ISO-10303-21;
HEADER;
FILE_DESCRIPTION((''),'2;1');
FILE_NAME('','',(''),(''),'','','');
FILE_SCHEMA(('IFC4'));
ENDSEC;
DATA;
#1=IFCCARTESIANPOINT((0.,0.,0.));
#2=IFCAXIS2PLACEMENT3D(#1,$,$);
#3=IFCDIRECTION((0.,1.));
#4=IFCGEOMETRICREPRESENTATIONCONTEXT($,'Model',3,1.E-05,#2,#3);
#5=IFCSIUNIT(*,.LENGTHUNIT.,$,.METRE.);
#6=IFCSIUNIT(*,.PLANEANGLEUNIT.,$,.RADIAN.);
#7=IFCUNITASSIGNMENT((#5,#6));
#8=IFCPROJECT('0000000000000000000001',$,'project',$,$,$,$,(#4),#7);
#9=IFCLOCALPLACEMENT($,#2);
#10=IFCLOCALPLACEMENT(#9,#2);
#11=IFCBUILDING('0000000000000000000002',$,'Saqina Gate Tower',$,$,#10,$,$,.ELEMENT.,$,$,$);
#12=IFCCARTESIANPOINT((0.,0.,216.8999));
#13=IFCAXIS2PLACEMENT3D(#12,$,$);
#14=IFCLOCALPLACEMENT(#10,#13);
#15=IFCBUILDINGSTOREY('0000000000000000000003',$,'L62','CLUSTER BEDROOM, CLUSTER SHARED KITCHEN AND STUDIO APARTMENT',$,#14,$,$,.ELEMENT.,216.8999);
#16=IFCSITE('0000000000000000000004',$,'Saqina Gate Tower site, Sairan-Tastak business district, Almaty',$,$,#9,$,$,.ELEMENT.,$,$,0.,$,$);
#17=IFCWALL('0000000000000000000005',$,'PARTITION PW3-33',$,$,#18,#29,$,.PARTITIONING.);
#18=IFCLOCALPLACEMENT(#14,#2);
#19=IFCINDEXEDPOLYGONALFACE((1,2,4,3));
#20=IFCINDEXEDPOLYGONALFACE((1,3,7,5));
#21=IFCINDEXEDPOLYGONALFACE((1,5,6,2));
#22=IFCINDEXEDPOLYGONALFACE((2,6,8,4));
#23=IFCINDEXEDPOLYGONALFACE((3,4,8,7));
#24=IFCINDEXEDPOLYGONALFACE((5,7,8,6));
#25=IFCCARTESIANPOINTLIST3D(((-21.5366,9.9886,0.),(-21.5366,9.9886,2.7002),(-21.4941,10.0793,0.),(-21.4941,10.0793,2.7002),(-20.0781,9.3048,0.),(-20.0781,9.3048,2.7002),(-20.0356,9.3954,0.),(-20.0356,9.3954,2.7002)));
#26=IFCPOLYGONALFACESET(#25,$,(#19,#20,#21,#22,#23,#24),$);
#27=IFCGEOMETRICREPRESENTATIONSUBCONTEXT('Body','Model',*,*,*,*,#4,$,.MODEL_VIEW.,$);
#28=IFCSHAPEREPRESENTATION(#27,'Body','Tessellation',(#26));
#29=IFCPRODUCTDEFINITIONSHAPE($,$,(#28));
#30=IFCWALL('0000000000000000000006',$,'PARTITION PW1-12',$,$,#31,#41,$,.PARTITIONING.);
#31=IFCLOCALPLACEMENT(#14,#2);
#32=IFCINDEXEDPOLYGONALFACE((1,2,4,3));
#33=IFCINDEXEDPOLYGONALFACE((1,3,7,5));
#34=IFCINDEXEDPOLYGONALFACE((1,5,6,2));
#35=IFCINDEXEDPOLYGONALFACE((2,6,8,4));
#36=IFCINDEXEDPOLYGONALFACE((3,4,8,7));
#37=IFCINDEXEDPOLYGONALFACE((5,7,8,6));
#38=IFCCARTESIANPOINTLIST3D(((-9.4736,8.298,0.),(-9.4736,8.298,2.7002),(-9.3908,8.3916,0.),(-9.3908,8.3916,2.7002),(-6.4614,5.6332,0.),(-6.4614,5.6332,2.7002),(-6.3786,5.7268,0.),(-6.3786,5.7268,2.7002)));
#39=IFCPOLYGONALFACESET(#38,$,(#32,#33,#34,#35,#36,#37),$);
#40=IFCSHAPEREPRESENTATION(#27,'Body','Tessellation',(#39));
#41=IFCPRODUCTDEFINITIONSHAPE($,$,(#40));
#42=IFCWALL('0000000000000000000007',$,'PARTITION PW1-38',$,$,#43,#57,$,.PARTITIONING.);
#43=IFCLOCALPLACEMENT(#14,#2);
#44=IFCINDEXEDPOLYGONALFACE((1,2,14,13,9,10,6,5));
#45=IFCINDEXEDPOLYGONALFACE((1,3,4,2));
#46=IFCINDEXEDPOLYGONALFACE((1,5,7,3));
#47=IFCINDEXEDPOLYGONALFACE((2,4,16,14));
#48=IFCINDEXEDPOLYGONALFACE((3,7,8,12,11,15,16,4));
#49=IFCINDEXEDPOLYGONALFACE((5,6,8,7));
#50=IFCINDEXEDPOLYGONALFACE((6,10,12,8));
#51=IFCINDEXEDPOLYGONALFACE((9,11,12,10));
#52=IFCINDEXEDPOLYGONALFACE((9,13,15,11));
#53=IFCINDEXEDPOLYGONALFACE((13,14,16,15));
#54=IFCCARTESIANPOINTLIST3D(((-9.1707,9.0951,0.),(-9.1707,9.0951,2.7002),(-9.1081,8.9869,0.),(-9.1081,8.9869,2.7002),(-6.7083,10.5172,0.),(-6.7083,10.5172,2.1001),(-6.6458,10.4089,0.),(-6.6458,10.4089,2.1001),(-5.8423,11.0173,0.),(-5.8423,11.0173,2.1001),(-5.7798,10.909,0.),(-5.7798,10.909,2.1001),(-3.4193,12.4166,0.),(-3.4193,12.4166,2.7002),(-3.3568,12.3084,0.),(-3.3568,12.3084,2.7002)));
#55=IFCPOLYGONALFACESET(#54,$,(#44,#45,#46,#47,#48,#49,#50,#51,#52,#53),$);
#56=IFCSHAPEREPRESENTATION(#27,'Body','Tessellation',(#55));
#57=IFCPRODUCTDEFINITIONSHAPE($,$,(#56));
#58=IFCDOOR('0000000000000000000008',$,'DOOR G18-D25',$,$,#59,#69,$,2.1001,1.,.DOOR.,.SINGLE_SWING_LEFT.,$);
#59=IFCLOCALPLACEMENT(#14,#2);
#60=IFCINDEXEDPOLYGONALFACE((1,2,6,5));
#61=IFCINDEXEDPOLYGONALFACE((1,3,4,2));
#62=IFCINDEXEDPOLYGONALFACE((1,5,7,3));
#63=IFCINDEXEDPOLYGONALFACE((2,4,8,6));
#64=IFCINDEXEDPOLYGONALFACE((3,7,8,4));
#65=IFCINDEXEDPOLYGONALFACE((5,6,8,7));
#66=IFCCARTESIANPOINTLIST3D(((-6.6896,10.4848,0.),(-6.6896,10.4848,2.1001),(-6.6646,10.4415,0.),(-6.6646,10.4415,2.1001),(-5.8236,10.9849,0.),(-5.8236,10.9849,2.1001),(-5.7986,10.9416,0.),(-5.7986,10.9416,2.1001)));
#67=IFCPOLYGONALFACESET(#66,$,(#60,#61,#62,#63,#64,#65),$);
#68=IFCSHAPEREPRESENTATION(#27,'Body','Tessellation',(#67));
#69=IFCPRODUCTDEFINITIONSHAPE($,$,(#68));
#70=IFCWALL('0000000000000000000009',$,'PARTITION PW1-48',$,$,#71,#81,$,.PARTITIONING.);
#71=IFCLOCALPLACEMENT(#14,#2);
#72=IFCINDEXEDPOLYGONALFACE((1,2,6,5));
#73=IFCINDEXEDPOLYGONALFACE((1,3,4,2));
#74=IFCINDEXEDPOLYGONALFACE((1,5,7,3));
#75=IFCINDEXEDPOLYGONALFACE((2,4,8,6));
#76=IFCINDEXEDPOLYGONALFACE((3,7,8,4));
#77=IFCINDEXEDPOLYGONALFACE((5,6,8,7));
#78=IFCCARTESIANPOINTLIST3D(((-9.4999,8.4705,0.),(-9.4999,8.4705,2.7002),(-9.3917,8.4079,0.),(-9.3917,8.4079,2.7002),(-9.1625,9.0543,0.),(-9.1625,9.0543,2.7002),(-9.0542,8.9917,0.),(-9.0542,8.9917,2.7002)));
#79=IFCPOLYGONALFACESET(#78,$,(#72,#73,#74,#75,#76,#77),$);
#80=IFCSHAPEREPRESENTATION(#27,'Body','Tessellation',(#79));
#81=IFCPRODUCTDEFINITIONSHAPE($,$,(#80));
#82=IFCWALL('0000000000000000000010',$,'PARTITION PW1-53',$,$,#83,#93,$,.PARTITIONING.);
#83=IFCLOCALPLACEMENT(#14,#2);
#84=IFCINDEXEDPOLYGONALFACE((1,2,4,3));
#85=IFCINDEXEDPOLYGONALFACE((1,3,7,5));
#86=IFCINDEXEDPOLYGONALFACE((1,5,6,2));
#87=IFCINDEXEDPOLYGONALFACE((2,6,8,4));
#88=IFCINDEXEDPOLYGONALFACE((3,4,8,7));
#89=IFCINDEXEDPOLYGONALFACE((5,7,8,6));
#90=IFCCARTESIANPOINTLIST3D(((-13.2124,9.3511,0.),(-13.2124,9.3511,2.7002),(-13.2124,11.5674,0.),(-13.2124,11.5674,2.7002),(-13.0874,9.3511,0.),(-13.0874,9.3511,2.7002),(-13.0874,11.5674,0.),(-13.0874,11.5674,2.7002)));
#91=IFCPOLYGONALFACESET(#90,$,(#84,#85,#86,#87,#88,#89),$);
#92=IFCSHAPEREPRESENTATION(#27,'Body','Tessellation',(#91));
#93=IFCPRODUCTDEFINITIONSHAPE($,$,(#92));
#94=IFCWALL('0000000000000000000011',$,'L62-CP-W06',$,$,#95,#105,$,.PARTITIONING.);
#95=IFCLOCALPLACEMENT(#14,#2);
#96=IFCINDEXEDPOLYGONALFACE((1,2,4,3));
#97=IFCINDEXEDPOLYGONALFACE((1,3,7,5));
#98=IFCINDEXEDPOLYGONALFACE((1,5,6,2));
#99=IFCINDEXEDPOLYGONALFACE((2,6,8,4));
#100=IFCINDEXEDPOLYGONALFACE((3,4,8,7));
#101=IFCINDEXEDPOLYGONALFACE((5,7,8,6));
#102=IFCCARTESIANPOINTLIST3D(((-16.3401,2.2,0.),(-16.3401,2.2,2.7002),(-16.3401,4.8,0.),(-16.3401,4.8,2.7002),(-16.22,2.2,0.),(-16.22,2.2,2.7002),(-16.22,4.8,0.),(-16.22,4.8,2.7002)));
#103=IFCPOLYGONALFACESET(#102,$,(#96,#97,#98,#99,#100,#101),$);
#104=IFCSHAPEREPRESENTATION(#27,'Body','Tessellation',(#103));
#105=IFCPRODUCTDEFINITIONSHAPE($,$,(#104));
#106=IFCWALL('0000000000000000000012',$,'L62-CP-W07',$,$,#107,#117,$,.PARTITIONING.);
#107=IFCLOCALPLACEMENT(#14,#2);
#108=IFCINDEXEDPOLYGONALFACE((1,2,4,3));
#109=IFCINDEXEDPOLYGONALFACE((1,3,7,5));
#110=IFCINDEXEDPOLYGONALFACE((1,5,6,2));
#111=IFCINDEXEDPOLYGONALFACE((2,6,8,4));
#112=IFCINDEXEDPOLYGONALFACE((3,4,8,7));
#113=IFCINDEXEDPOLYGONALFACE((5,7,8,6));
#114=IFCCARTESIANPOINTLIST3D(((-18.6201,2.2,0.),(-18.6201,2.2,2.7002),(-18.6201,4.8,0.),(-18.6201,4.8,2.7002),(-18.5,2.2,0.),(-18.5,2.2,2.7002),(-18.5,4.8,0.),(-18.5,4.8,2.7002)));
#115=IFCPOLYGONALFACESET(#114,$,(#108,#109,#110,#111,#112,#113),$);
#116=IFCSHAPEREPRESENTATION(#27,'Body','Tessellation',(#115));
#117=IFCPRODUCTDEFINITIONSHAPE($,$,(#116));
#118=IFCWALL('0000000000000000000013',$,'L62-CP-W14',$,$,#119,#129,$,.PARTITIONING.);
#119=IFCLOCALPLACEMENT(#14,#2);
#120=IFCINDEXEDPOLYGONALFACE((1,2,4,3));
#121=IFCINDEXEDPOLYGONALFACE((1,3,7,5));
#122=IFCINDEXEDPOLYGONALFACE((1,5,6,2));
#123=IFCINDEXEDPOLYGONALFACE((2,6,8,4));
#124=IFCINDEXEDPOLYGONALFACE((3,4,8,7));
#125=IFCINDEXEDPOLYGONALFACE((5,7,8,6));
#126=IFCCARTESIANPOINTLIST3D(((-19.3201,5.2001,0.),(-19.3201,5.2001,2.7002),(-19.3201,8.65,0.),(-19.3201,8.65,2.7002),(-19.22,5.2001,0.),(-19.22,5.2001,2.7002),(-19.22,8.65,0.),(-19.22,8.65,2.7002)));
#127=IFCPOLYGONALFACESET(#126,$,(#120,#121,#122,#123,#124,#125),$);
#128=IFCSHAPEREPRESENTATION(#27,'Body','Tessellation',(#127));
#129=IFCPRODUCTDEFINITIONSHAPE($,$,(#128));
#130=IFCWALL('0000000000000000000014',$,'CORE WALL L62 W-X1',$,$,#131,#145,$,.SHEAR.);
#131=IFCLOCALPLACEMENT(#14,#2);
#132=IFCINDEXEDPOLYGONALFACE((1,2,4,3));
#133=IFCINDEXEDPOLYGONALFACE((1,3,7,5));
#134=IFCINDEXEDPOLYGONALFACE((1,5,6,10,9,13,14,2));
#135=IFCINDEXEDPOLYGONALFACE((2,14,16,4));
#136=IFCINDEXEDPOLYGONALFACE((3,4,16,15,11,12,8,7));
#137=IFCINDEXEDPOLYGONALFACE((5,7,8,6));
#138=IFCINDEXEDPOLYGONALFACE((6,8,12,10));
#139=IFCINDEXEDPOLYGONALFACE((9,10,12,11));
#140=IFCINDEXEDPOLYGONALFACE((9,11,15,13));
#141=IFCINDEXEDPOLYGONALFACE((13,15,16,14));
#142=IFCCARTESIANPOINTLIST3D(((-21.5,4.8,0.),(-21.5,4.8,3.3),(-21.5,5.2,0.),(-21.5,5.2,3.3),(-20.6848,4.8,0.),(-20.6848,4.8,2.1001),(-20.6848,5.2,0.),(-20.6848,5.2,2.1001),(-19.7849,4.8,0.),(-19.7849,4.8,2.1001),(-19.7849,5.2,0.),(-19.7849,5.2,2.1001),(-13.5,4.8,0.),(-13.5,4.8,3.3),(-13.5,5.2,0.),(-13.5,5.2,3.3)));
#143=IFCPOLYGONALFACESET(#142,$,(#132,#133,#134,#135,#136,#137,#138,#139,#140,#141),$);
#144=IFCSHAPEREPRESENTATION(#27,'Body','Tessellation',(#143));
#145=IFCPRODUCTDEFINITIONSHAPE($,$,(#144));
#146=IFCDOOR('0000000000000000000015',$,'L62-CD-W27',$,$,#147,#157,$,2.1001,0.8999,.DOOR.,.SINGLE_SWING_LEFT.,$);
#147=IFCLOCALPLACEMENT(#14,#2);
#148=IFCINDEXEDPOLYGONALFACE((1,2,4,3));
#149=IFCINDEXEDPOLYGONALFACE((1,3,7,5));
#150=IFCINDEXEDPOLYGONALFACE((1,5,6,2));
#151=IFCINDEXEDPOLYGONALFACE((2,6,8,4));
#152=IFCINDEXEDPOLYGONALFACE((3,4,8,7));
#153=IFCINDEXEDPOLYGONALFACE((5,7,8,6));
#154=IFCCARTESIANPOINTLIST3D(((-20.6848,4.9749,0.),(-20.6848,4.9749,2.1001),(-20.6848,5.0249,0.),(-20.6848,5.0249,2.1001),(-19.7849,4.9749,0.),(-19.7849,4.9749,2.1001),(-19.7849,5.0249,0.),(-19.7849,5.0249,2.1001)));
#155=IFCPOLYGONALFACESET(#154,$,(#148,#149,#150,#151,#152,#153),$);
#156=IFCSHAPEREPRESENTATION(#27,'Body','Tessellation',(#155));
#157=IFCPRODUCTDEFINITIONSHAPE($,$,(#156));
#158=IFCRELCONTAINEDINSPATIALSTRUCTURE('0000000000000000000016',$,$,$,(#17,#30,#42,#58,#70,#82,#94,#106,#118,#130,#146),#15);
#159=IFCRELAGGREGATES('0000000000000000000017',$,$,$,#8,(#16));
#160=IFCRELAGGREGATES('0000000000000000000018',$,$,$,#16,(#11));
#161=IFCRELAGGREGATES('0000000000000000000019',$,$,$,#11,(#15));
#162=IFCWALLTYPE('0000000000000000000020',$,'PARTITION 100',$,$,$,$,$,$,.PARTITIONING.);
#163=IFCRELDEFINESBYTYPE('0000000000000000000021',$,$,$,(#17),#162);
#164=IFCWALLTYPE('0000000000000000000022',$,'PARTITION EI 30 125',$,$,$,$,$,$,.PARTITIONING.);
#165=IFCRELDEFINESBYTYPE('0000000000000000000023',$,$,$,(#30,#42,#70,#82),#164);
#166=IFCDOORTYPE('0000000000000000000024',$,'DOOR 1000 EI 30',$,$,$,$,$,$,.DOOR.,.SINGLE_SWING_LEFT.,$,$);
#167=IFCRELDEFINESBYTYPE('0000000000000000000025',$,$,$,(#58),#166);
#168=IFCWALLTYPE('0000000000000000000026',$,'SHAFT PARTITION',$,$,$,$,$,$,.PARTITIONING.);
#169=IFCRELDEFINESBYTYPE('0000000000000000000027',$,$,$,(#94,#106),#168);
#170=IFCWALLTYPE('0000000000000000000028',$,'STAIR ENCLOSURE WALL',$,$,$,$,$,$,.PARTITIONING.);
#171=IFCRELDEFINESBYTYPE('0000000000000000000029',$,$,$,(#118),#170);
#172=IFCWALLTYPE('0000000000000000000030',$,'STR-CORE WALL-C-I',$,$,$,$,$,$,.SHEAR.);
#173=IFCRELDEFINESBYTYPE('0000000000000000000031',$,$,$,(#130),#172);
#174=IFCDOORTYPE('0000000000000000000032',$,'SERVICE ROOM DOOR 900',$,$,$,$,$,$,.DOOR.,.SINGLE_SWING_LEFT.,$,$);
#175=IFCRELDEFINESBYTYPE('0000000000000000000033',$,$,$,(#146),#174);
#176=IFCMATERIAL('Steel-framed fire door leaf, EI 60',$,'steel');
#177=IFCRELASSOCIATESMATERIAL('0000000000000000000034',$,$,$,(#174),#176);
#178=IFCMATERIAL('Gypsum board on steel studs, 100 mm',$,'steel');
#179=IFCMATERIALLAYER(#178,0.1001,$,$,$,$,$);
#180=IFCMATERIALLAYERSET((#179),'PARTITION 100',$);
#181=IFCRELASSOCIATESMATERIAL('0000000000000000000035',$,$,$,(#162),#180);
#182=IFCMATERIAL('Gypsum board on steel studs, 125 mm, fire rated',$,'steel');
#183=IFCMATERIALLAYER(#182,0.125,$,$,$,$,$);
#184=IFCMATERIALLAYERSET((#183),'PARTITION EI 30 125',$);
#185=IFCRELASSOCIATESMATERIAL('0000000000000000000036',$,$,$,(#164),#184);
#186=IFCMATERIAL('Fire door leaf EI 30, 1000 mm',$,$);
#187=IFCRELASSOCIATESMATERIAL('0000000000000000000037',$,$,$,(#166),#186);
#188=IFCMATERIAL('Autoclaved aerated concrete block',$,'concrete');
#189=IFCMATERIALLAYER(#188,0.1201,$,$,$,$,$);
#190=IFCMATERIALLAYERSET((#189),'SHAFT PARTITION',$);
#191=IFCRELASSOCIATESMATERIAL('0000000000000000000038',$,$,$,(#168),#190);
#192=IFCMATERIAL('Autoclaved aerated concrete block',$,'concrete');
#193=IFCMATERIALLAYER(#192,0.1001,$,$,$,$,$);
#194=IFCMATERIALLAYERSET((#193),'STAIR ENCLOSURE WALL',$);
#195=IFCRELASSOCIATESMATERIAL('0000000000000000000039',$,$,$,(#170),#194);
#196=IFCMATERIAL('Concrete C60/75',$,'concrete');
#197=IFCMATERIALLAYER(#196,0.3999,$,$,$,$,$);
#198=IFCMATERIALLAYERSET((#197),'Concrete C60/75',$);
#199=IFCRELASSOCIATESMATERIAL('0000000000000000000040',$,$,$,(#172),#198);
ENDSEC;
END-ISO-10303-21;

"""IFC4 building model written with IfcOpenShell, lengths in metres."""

from ifc_helpers import new_model, si_unit, direction, frame, frame_2d, origin, place, context, subcontext, project, spatial, rectangle, extrude, material, layer, layer_set, type_object, element, fill, save


model = new_model("IFC4")

# Units and contexts
model_context = context("Model", 3, precision=1e-05, world=origin(), true_north=direction((0.0, 1.0)))
body_context = subcontext(model_context, "Body", "Model", "MODEL_VIEW")
ifc_project = project(units=[si_unit("LENGTHUNIT", "METRE"), si_unit("PLANEANGLEUNIT", "RADIAN")], contexts=[model_context])

# Site, building, storey
site_placement = place(None, origin())
site = spatial("IfcSite", under=ifc_project, at=site_placement, Name="Saqina Gate Tower site, Sairan-Tastak business district, Almaty", CompositionType="ELEMENT", RefElevation=0.0)
building_placement = place(site_placement, origin())
building = spatial("IfcBuilding", under=site, at=building_placement, Name="Saqina Gate Tower", CompositionType="ELEMENT")
storey_placement = place(building_placement, frame((0.0, 0.0, 216.8999)))
storey = spatial("IfcBuildingStorey", under=building, at=storey_placement, Name="L62", Description="CLUSTER BEDROOM, CLUSTER SHARED KITCHEN AND STUDIO APARTMENT", CompositionType="ELEMENT", Elevation=216.8999)

# Shared definitions
ifc_material_1 = material(Name="Steel-framed fire door leaf, EI 60", Category="steel")
door_type_1 = type_object("IfcDoorType", Name="SERVICE ROOM DOOR 900", OperationType="SINGLE_SWING_LEFT", PredefinedType="DOOR", material=ifc_material_1)

# Walls
ifc_material_2 = material(Name="Gypsum board on steel studs, 100 mm", Category="steel")
ifc_layer_1 = layer(ifc_material_2, 0.1001)
ifc_layer_set_1 = layer_set([ifc_layer_1], Name="PARTITION 100")
wall_type_1 = type_object("IfcWallType", Name="PARTITION 100", PredefinedType="PARTITIONING", material=ifc_layer_set_1)
wall_1_placement = place(storey_placement, frame((-21.5154, 10.0339, 0.0), z_axis=(0.0, 0.0, 1.0), x_axis=(0.905419, -0.424519, 0.0)))
element("IfcWall", 1, at=wall_1_placement, inside=storey, type_object=wall_type_1, Name="PARTITION PW3-33", PredefinedType="PARTITIONING", context=body_context, shape_type="SweptSolid", body=[
    extrude(rectangle(XDim=1.6108, YDim=0.1001, at=frame_2d((0.8054, 0.0))), origin(), (0.0, 0.0, 1.0), 2.7002),
])
ifc_material_3 = material(Name="Gypsum board on steel studs, 125 mm, fire rated", Category="steel")
ifc_layer_2 = layer(ifc_material_3, 0.125)
ifc_layer_set_2 = layer_set([ifc_layer_2], Name="PARTITION EI 30 125")
wall_type_2 = type_object("IfcWallType", Name="PARTITION EI 30 125", PredefinedType="PARTITIONING", material=ifc_layer_set_2)
wall_2_placement = place(storey_placement, frame((-9.4321, 8.3447, 0.0), z_axis=(0.0, 0.0, 1.0), x_axis=(0.748978, -0.662595, 0.0)))
element("IfcWall", 2, at=wall_2_placement, inside=storey, type_object=wall_type_2, Name="PARTITION PW1-12", PredefinedType="PARTITIONING", context=body_context, shape_type="SweptSolid", body=[
    extrude(rectangle(XDim=4.0217, YDim=0.125, at=frame_2d((2.0107, 0.0))), origin(), (0.0, 0.0, 1.0), 2.7002),
])

# Wall, opening, door
wall_3_placement = place(storey_placement, frame((-9.1394, 9.041, 0.0), z_axis=(0.0, 0.0, 1.0), x_axis=(0.865965, 0.500104, 0.0)))
wall_3 = element("IfcWall", 3, at=wall_3_placement, inside=storey, type_object=wall_type_2, Name="PARTITION PW1-38", PredefinedType="PARTITIONING", context=body_context, shape_type="SweptSolid", body=[
    extrude(rectangle(XDim=6.6416, YDim=0.125, at=frame_2d((3.3208, 0.0))), origin(), (0.0, 0.0, 1.0), 2.7002),
])
opening_1_placement = place(wall_3_placement, frame((2.8435, 0.0, 0.0)))
opening_1 = element("IfcOpeningElement", 4, at=opening_1_placement, cuts=wall_3, PredefinedType="OPENING", context=body_context, shape_type="SweptSolid", body=[
    extrude(rectangle(XDim=1.0, YDim=2.1001, at=frame_2d((0.5, 1.05))), frame((0.0, 0.0745, 0.0), z_axis=(0.0, -1.0, 0.0), x_axis=(1.0, 0.0, 0.0)), (0.0, 0.0, 1.0), 0.1489),
])
ifc_material_4 = material(Name="Fire door leaf EI 30, 1000 mm")
door_type_2 = type_object("IfcDoorType", Name="DOOR 1000 EI 30", OperationType="SINGLE_SWING_LEFT", PredefinedType="DOOR", material=ifc_material_4)
door_1_placement = place(opening_1_placement, frame((1.0, 0.0, 0.0), z_axis=(0.0, 0.0, 1.0), x_axis=(-1.0, 0.0, 0.0)))
door_1 = element("IfcDoor", 5, at=door_1_placement, inside=storey, type_object=door_type_2, Name="DOOR G18-D25", OperationType="SINGLE_SWING_LEFT", OverallHeight=2.1001, OverallWidth=1.0, PredefinedType="DOOR", context=body_context, shape_type="SweptSolid", body=[
    extrude(rectangle(XDim=1.0, YDim=2.1001, at=frame_2d((0.5, 1.05))), frame((0.0, 0.0249, 0.0), z_axis=(0.0, -1.0, 0.0), x_axis=(1.0, 0.0, 0.0)), (0.0, 0.0, 1.0), 0.05),
])
fill(opening_1, door_1)

# Walls
wall_4_placement = place(storey_placement, frame((-9.4458, 8.4392, 0.0), z_axis=(0.0, 0.0, 1.0), x_axis=(0.500422, 0.865781, 0.0)))
element("IfcWall", 6, at=wall_4_placement, inside=storey, type_object=wall_type_2, Name="PARTITION PW1-48", PredefinedType="PARTITIONING", context=body_context, shape_type="SweptSolid", body=[
    extrude(rectangle(XDim=0.6743, YDim=0.125, at=frame_2d((0.3372, 0.0))), origin(), (0.0, 0.0, 1.0), 2.7002),
])
wall_5_placement = place(storey_placement, frame((-13.1499, 9.3511, 0.0), z_axis=(0.0, 0.0, 1.0), x_axis=(0.0, 1.0, 0.0)))
element("IfcWall", 7, at=wall_5_placement, inside=storey, type_object=wall_type_2, Name="PARTITION PW1-53", PredefinedType="PARTITIONING", context=body_context, shape_type="SweptSolid", body=[
    extrude(rectangle(XDim=2.2163, YDim=0.125, at=frame_2d((1.1082, 0.0))), origin(), (0.0, 0.0, 1.0), 2.7002),
])
ifc_material_5 = material(Name="Autoclaved aerated concrete block", Category="concrete")
ifc_layer_3 = layer(ifc_material_5, 0.1201)
ifc_layer_set_3 = layer_set([ifc_layer_3], Name="SHAFT PARTITION")
wall_type_3 = type_object("IfcWallType", Name="SHAFT PARTITION", PredefinedType="PARTITIONING", material=ifc_layer_set_3)
for number, where, z_axis, x_axis, name in (
    (8, (-16.28, 2.2, 0.0), (0.0, 0.0, 1.0), (0.0, 1.0, 0.0), "L62-CP-W06"),
    (9, (-18.5601, 2.2, 0.0), (0.0, 0.0, 1.0), (0.0, 1.0, 0.0), "L62-CP-W07"),
):
    element("IfcWall", number, at=place(storey_placement, frame(where, z_axis=z_axis, x_axis=x_axis)), inside=storey, type_object=wall_type_3, Name=name, PredefinedType="PARTITIONING", context=body_context, shape_type="SweptSolid", body=[
        extrude(rectangle(XDim=2.6001, YDim=0.1201, at=frame_2d((1.3, 0.0))), origin(), (0.0, 0.0, 1.0), 2.7002),
    ])
ifc_material_6 = material(Name="Autoclaved aerated concrete block", Category="concrete")
ifc_layer_4 = layer(ifc_material_6, 0.1001)
ifc_layer_set_4 = layer_set([ifc_layer_4], Name="STAIR ENCLOSURE WALL")
wall_type_4 = type_object("IfcWallType", Name="STAIR ENCLOSURE WALL", PredefinedType="PARTITIONING", material=ifc_layer_set_4)
wall_6_placement = place(storey_placement, frame((-19.27, 5.2, 0.0), z_axis=(0.0, 0.0, 1.0), x_axis=(0.0, 1.0, 0.0)))
element("IfcWall", 10, at=wall_6_placement, inside=storey, type_object=wall_type_4, Name="L62-CP-W14", PredefinedType="PARTITIONING", context=body_context, shape_type="SweptSolid", body=[
    extrude(rectangle(XDim=3.45, YDim=0.1001, at=frame_2d((1.7251, 0.0))), origin(), (0.0, 0.0, 1.0), 2.7002),
])

# Wall, opening, door
ifc_material_7 = material(Name="Concrete C60/75", Category="concrete")
ifc_layer_5 = layer(ifc_material_7, 0.3999)
ifc_layer_set_5 = layer_set([ifc_layer_5], Name="Concrete C60/75")
wall_type_5 = type_object("IfcWallType", Name="STR-CORE WALL-C-I", PredefinedType="SHEAR", material=ifc_layer_set_5)
wall_7_placement = place(storey_placement, frame((-13.5, 5.0, 0.0), z_axis=(0.0, 0.0, 1.0), x_axis=(-1.0, 0.0, 0.0)))
wall_7 = element("IfcWall", 11, at=wall_7_placement, inside=storey, type_object=wall_type_5, Name="CORE WALL L62 W-X1", PredefinedType="SHEAR", context=body_context, shape_type="SweptSolid", body=[
    extrude(rectangle(XDim=8.0, YDim=0.3999, at=frame_2d((4.0, 0.0))), origin(), (0.0, 0.0, 1.0), 3.3),
])
opening_2_placement = place(wall_7_placement, frame((6.2849, 0.0, 0.0)))
opening_2 = element("IfcOpeningElement", 12, at=opening_2_placement, cuts=wall_7, PredefinedType="OPENING", context=body_context, shape_type="SweptSolid", body=[
    extrude(rectangle(XDim=0.8999, YDim=2.1001, at=frame_2d((0.45, 1.05))), frame((0.0, 0.2119, 0.0), z_axis=(0.0, -1.0, 0.0), x_axis=(1.0, 0.0, 0.0)), (0.0, 0.0, 1.0), 0.4238),
])
door_2_placement = place(opening_2_placement, frame((0.8999, 0.0, 0.0), z_axis=(0.0, 0.0, 1.0), x_axis=(-1.0, 0.0, 0.0)))
door_2 = element("IfcDoor", 13, at=door_2_placement, inside=storey, type_object=door_type_1, Name="L62-CD-W27", OperationType="SINGLE_SWING_LEFT", OverallHeight=2.1001, OverallWidth=0.8999, PredefinedType="DOOR", context=body_context, shape_type="SweptSolid", body=[
    extrude(rectangle(XDim=0.8999, YDim=2.1001, at=frame_2d((0.45, 1.05))), frame((0.0, 0.0249, 0.0), z_axis=(0.0, -1.0, 0.0), x_axis=(1.0, 0.0, 0.0)), (0.0, 0.0, 1.0), 0.05),
])
fill(opening_2, door_2)

save(model, "model.ifc")
